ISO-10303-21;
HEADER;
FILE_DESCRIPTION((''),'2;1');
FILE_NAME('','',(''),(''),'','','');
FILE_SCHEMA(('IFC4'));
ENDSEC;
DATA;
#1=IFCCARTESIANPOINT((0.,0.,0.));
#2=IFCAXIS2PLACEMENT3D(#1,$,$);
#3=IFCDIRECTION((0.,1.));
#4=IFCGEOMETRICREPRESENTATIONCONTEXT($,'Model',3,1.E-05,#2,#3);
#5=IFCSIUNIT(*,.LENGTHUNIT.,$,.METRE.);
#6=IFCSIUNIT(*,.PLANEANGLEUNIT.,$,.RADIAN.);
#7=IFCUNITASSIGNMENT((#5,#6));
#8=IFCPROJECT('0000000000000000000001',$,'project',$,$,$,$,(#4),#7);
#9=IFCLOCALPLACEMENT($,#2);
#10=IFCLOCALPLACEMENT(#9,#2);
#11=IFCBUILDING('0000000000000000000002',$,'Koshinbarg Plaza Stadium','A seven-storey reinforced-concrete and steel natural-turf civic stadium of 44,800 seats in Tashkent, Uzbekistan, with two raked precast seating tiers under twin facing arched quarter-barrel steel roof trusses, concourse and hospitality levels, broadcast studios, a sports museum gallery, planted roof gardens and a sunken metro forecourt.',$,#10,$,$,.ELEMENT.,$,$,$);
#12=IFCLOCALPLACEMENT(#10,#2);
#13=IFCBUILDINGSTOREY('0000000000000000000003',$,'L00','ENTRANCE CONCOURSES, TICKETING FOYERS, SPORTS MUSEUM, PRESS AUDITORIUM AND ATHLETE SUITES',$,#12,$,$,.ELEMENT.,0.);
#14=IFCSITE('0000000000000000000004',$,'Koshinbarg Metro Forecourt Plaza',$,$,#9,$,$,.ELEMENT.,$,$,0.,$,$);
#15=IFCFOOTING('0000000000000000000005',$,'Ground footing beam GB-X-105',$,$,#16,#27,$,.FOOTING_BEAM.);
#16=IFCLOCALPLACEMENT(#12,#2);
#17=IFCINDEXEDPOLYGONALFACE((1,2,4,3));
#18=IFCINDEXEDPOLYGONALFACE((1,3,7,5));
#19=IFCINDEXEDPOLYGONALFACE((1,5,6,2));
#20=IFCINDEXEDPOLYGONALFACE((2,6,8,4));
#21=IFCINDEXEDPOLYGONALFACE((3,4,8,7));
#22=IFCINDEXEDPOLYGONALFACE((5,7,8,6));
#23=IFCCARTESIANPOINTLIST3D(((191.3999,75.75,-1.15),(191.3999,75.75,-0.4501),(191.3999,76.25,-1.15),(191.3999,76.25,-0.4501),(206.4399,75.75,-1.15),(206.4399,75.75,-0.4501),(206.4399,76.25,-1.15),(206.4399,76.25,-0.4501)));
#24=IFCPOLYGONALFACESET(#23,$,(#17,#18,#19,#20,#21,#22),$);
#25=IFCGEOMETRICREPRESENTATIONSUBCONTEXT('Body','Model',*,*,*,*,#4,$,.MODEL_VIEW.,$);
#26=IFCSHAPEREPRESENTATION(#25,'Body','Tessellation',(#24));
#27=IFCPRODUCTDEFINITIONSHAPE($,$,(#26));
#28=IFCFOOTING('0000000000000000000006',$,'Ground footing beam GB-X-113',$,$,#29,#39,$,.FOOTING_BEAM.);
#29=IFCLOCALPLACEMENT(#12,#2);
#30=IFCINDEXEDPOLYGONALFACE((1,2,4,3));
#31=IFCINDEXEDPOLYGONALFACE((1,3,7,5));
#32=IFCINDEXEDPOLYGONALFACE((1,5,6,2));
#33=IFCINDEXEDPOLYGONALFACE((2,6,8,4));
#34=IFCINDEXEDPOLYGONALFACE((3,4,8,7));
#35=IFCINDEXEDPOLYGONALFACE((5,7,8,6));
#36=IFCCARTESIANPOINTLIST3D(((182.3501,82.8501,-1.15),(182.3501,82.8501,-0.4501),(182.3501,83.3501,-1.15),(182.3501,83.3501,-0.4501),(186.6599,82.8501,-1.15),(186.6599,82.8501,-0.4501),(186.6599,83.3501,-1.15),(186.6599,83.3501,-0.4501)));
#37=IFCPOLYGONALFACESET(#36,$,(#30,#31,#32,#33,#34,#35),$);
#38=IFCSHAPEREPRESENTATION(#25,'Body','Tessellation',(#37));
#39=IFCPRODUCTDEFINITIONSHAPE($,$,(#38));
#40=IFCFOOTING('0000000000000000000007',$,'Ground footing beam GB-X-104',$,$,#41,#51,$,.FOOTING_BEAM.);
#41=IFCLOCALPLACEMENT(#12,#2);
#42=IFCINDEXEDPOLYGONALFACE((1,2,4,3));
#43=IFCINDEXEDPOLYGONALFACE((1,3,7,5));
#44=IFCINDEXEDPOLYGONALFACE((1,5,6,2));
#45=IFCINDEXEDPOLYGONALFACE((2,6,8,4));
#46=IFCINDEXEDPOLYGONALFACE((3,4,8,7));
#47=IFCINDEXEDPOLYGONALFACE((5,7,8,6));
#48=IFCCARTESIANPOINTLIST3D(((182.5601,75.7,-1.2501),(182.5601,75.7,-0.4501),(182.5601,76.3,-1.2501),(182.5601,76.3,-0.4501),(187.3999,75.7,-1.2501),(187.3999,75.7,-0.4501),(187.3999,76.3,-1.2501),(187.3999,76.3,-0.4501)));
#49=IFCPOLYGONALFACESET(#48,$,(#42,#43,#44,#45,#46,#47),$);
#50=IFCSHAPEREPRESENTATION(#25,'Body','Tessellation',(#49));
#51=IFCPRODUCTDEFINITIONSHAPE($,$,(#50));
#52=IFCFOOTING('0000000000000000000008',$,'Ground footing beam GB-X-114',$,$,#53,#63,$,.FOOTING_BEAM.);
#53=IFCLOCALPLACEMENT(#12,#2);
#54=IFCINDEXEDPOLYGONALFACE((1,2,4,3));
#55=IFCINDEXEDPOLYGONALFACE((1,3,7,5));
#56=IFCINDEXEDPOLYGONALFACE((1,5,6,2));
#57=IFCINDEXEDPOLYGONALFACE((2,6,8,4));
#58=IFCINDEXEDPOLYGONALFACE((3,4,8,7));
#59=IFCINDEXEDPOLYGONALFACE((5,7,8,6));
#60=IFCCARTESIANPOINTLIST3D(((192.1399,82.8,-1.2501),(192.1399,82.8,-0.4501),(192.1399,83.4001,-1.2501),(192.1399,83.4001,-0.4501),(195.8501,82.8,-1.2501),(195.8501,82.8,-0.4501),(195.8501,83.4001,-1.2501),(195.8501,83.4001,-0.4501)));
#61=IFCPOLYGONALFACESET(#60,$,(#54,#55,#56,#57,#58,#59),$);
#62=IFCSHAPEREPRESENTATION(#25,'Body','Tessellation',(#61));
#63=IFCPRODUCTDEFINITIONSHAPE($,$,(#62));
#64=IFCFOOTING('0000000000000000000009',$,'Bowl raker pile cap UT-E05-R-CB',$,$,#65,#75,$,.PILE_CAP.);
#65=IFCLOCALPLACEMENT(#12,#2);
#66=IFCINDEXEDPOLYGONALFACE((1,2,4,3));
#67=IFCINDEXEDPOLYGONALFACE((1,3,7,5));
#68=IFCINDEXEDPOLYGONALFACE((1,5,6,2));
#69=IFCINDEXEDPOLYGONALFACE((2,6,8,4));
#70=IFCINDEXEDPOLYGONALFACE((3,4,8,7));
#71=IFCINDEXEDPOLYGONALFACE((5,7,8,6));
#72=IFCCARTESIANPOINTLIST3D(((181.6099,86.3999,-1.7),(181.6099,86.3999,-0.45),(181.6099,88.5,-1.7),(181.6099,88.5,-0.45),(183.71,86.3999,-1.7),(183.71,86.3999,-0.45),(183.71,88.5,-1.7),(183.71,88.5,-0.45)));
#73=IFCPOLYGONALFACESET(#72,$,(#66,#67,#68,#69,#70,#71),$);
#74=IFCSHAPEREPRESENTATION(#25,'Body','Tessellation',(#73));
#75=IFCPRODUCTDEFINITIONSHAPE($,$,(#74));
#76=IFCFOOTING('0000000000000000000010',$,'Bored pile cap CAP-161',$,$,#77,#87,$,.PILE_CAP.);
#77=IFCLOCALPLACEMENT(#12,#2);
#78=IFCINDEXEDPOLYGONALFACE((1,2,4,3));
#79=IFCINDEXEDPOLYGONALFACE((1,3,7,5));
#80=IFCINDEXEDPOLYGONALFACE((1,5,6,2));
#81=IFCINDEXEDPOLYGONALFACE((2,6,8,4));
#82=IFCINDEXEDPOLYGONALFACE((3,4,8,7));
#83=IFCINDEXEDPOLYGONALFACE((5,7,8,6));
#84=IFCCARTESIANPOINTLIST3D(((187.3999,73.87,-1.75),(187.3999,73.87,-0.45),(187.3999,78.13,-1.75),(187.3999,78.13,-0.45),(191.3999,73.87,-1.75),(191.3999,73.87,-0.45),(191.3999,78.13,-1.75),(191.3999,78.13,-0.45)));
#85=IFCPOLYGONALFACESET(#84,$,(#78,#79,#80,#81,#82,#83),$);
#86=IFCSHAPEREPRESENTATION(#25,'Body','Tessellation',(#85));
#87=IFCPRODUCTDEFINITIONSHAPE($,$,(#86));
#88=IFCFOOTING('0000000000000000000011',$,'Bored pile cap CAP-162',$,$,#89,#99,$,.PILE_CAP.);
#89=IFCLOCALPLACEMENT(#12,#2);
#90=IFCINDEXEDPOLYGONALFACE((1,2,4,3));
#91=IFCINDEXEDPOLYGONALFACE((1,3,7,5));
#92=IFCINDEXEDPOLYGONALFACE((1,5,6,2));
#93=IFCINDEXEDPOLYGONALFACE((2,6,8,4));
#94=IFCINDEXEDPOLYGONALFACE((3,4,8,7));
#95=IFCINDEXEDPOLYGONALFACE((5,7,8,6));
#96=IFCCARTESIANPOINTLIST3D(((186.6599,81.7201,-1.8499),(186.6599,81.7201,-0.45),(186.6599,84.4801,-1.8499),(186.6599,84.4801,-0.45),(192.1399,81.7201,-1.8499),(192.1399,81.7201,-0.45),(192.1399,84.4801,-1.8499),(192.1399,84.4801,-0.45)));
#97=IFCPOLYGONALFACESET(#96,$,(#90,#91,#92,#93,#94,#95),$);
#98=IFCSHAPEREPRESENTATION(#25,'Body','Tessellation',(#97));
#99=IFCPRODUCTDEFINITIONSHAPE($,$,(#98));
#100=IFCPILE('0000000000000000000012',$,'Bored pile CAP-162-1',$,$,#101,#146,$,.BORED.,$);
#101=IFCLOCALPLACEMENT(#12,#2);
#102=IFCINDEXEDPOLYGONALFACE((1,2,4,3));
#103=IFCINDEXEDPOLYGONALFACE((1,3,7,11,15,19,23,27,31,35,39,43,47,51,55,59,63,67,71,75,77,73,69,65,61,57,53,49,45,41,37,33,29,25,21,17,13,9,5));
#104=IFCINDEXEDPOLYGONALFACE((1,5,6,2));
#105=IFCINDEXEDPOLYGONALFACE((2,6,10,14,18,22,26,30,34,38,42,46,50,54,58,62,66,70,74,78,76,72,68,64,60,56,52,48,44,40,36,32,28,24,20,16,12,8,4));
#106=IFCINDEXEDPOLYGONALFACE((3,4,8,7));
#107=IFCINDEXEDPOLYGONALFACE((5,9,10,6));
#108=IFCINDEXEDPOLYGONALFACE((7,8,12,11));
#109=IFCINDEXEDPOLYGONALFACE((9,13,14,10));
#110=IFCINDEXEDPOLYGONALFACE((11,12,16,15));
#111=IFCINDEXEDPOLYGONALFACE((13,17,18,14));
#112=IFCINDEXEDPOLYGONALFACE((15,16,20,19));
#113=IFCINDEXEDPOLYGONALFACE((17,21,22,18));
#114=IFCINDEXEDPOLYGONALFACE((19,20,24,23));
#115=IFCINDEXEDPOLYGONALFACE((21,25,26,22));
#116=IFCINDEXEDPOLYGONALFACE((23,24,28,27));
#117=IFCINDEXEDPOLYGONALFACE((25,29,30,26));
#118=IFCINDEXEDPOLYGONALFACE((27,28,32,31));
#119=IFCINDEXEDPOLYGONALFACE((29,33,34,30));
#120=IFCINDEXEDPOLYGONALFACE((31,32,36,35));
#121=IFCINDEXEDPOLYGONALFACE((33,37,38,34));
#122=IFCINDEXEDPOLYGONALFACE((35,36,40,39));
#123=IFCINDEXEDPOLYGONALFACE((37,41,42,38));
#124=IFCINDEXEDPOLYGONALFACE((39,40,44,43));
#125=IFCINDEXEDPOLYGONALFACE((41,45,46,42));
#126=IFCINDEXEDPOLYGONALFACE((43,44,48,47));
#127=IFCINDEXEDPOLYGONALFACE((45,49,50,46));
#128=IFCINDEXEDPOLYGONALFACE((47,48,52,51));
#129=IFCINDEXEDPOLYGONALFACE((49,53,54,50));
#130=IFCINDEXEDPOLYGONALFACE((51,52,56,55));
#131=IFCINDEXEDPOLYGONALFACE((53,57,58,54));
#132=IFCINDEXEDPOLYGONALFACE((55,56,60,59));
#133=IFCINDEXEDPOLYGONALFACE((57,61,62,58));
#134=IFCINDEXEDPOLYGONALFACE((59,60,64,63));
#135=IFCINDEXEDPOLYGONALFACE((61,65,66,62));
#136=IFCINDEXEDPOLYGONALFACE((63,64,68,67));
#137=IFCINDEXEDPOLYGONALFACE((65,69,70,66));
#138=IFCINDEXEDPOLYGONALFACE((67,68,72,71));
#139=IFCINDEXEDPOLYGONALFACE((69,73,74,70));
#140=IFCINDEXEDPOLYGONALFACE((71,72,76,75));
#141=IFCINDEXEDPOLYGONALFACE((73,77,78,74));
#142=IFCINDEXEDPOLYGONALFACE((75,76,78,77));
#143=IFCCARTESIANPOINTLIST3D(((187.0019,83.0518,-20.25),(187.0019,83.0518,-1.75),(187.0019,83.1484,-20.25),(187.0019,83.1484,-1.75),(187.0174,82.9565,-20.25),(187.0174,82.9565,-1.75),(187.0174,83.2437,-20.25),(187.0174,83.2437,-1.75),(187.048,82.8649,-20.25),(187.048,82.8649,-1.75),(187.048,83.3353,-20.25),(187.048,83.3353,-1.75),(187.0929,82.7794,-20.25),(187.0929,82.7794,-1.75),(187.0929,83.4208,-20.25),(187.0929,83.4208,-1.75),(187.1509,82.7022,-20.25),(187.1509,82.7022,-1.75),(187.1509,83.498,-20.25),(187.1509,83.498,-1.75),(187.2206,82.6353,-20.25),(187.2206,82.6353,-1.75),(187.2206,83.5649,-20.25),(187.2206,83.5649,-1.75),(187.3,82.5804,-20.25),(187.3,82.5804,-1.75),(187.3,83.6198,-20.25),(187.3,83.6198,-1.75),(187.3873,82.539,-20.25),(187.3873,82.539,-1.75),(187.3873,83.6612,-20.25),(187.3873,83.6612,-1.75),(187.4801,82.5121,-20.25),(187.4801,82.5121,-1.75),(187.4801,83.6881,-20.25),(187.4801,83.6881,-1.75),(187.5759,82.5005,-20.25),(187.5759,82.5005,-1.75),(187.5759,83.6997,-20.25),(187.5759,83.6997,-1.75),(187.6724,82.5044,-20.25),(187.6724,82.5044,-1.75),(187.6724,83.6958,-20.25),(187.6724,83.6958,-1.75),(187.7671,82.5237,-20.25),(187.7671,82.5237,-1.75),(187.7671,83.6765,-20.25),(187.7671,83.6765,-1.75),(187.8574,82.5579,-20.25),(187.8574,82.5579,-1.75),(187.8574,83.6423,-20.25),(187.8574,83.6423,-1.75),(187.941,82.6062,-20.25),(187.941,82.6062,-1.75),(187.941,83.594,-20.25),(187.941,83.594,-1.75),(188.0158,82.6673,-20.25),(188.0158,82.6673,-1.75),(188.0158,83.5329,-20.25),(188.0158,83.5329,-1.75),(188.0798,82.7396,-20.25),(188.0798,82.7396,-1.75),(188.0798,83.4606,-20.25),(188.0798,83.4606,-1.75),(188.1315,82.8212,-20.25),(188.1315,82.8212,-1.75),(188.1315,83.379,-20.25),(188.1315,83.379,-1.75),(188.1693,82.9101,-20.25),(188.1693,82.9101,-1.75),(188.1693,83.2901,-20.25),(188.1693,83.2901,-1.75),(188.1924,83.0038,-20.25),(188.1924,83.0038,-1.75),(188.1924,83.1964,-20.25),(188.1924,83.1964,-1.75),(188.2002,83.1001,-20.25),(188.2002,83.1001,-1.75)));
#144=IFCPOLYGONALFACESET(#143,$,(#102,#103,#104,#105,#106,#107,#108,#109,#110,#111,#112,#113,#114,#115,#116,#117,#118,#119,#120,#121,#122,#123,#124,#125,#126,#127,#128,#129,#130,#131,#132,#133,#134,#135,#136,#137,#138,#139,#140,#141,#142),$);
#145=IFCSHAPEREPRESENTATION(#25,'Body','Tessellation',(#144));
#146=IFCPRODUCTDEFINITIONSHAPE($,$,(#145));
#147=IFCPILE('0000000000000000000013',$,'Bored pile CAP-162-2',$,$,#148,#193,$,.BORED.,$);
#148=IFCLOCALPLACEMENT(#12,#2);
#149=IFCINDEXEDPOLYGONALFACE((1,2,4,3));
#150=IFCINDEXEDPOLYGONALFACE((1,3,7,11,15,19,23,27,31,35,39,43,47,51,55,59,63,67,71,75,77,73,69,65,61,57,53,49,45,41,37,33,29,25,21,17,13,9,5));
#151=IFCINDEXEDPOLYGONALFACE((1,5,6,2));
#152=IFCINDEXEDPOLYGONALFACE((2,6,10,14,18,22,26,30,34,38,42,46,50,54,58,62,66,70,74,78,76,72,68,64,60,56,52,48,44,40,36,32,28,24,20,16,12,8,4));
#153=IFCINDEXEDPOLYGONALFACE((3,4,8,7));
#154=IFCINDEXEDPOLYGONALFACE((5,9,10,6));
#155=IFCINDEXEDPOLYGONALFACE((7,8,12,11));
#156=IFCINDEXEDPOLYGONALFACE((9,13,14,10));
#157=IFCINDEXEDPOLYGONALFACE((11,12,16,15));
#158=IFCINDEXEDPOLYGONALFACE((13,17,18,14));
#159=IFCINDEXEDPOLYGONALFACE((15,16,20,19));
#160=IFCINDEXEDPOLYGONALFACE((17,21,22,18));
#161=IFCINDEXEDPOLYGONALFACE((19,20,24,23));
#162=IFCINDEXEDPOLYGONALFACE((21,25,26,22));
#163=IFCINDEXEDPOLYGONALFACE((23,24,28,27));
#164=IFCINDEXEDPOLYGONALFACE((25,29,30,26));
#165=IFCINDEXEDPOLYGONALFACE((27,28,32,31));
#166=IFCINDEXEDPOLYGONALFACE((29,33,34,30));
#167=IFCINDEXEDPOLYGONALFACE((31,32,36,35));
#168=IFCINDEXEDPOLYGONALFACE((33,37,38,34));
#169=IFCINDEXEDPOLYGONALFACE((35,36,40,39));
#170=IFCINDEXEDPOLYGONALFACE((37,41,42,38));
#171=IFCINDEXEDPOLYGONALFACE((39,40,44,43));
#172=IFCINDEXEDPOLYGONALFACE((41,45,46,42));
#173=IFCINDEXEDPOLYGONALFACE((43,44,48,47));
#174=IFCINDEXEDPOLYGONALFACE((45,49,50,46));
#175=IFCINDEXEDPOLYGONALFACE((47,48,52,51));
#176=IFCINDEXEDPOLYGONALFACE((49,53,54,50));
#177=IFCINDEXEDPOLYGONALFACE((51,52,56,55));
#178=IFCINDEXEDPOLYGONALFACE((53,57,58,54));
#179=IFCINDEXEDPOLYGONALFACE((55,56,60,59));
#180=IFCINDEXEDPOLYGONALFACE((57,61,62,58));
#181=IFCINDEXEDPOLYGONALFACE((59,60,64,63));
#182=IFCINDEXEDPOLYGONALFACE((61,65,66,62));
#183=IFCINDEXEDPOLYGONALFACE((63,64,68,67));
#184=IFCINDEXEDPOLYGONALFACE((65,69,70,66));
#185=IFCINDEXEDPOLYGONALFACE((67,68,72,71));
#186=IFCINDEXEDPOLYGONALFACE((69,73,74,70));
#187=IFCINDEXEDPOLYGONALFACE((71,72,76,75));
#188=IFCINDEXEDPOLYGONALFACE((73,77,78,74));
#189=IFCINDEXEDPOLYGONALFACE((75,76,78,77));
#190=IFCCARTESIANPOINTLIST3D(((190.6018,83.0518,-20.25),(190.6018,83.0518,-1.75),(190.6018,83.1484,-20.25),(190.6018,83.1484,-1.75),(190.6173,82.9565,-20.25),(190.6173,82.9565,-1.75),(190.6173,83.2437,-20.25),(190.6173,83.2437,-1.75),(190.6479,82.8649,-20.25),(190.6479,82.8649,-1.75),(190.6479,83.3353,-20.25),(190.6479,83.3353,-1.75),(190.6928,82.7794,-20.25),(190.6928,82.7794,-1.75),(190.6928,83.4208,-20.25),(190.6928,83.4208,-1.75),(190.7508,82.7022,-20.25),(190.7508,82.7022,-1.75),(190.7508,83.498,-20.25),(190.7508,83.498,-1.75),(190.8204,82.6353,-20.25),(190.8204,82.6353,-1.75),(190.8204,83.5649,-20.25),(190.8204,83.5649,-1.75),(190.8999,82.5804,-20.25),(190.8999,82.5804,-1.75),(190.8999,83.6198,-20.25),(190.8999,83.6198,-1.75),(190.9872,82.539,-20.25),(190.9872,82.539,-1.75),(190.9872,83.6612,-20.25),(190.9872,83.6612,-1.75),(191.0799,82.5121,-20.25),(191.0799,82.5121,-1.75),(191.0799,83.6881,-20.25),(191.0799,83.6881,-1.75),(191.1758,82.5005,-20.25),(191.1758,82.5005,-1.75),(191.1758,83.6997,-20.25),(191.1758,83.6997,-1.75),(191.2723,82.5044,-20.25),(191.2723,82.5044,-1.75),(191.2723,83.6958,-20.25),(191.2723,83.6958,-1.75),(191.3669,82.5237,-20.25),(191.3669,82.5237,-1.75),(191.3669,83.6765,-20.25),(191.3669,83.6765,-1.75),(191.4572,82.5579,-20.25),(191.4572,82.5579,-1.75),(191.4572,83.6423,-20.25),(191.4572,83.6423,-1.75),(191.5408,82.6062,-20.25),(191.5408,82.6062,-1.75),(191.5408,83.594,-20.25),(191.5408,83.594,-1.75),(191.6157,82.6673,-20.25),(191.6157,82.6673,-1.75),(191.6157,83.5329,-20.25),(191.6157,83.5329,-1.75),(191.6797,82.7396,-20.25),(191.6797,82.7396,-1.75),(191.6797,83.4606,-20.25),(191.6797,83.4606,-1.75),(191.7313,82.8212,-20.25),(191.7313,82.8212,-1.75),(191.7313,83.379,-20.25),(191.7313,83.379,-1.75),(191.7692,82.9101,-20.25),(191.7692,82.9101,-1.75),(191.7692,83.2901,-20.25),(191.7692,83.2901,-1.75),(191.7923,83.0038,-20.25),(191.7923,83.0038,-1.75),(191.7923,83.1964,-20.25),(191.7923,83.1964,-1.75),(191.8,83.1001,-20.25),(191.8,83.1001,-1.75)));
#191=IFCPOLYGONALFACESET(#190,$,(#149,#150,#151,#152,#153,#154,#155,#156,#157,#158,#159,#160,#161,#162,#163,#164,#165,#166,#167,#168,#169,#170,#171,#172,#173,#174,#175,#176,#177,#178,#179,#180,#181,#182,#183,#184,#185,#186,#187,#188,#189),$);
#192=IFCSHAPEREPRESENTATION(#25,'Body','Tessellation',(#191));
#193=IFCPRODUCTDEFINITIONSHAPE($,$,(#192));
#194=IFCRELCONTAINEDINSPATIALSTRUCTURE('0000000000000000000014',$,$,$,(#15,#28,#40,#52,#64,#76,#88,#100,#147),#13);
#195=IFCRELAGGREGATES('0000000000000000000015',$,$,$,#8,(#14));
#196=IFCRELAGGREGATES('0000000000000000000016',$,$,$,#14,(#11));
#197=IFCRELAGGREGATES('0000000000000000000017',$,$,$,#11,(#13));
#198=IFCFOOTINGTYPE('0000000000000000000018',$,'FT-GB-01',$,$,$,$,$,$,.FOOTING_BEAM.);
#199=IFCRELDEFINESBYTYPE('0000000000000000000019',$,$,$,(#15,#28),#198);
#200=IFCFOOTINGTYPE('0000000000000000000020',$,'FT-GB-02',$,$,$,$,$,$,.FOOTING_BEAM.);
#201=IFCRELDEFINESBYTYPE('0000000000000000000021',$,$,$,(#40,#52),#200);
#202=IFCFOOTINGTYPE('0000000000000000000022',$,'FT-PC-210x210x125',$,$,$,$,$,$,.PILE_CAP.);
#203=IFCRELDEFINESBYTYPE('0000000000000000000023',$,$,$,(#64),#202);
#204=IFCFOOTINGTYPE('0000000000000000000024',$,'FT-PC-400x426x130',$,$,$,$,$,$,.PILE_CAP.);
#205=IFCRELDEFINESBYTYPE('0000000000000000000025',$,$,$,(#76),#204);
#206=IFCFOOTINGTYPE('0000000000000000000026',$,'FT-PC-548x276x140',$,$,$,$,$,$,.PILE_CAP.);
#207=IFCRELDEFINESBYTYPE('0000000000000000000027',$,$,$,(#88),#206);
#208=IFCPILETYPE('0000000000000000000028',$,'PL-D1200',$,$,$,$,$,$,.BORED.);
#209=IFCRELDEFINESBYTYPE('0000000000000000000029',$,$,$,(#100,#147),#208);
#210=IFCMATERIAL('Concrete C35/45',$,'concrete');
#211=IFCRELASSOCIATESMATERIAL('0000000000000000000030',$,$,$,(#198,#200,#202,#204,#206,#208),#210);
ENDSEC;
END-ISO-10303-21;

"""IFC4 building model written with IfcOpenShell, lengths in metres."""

from ifc_helpers import new_model, si_unit, direction, frame, origin, origin_2d, place, context, subcontext, project, spatial, rectangle, circle, extrude, material, material_profile, profile_set, type_object, element, save


model = new_model("IFC4")

# Units and contexts
model_context = context("Model", 3, precision=1e-05, world=origin(), true_north=direction((0.0, 1.0)))
body_context = subcontext(model_context, "Body", "Model", "MODEL_VIEW")
ifc_project = project(units=[si_unit("LENGTHUNIT", "METRE"), si_unit("PLANEANGLEUNIT", "RADIAN")], contexts=[model_context])

# Site, building, storey
site_placement = place(None, origin())
site = spatial("IfcSite", under=ifc_project, at=site_placement, Name="Koshinbarg Metro Forecourt Plaza", CompositionType="ELEMENT", RefElevation=0.0)
building_placement = place(site_placement, origin())
building = spatial("IfcBuilding", under=site, at=building_placement, Name="Koshinbarg Plaza Stadium", Description="A seven-storey reinforced-concrete and steel natural-turf civic stadium of 44,800 seats in Tashkent, Uzbekistan, with two raked precast seating tiers under twin facing arched quarter-barrel steel roof trusses, concourse and hospitality levels, broadcast studios, a sports museum gallery, planted roof gardens and a sunken metro forecourt.", CompositionType="ELEMENT")
storey_placement = place(building_placement, origin())
storey = spatial("IfcBuildingStorey", under=building, at=storey_placement, Name="L00", Description="ENTRANCE CONCOURSES, TICKETING FOYERS, SPORTS MUSEUM, PRESS AUDITORIUM AND ATHLETE SUITES", CompositionType="ELEMENT", Elevation=0.0)

# Footings
ifc_material_1 = material(Name="Concrete C35/45", Category="concrete")
ifc_material_profile_1 = material_profile(ifc_material_1, rectangle(XDim=0.5, YDim=0.7, at=origin_2d()), Name="GB 500x700")
ifc_profile_set_1 = profile_set([ifc_material_profile_1], Name="Concrete C35/45")
footing_type_1 = type_object("IfcFootingType", Name="FT-GB-01", PredefinedType="FOOTING_BEAM", material=ifc_profile_set_1)
footing_1_placement = place(storey_placement, frame((191.3999, 76.0, -0.8), z_axis=(1.0, 0.0, 0.0), x_axis=(0.0, 1.0, 0.0)))
element("IfcFooting", 1, at=footing_1_placement, inside=storey, type_object=footing_type_1, Name="Ground footing beam GB-X-105", PredefinedType="FOOTING_BEAM", context=body_context, shape_type="SweptSolid", body=[
    extrude(rectangle(XDim=0.5, YDim=0.7, at=origin_2d()), origin(), (0.0, 0.0, 1.0), 15.04),
])
footing_2_placement = place(storey_placement, frame((182.3501, 83.1001, -0.8), z_axis=(1.0, 0.0, 0.0), x_axis=(0.0, 1.0, 0.0)))
element("IfcFooting", 2, at=footing_2_placement, inside=storey, type_object=footing_type_1, Name="Ground footing beam GB-X-113", PredefinedType="FOOTING_BEAM", context=body_context, shape_type="SweptSolid", body=[
    extrude(rectangle(XDim=0.5, YDim=0.7, at=origin_2d()), origin(), (0.0, 0.0, 1.0), 4.3098),
])
ifc_material_profile_2 = material_profile(ifc_material_1, rectangle(XDim=0.6001, YDim=0.8, at=origin_2d()), Name="GB 600x800")
ifc_profile_set_2 = profile_set([ifc_material_profile_2], Name="Concrete C35/45")
footing_type_2 = type_object("IfcFootingType", Name="FT-GB-02", PredefinedType="FOOTING_BEAM", material=ifc_profile_set_2)
footing_3_placement = place(storey_placement, frame((182.5601, 76.0, -0.8501), z_axis=(1.0, 0.0, 0.0), x_axis=(0.0, 1.0, 0.0)))
element("IfcFooting", 3, at=footing_3_placement, inside=storey, type_object=footing_type_2, Name="Ground footing beam GB-X-104", PredefinedType="FOOTING_BEAM", context=body_context, shape_type="SweptSolid", body=[
    extrude(rectangle(XDim=0.6001, YDim=0.8, at=origin_2d()), origin(), (0.0, 0.0, 1.0), 4.8398),
])
footing_4_placement = place(storey_placement, frame((192.1399, 83.1001, -0.8501), z_axis=(1.0, 0.0, 0.0), x_axis=(0.0, 1.0, 0.0)))
element("IfcFooting", 4, at=footing_4_placement, inside=storey, type_object=footing_type_2, Name="Ground footing beam GB-X-114", PredefinedType="FOOTING_BEAM", context=body_context, shape_type="SweptSolid", body=[
    extrude(rectangle(XDim=0.6001, YDim=0.8, at=origin_2d()), origin(), (0.0, 0.0, 1.0), 3.7102),
])
footing_type_3 = type_object("IfcFootingType", Name="FT-PC-210x210x125", PredefinedType="PILE_CAP", material=ifc_material_1)
footing_5_placement = place(storey_placement, frame((182.6599, 87.45, -1.7), z_axis=(0.0, 0.0, 1.0), x_axis=(1.0, 0.0, 0.0)))
element("IfcFooting", 5, at=footing_5_placement, inside=storey, type_object=footing_type_3, Name="Bowl raker pile cap UT-E05-R-CB", PredefinedType="PILE_CAP", context=body_context, shape_type="SweptSolid", body=[
    extrude(rectangle(XDim=2.1001, YDim=2.1001, at=origin_2d()), origin(), (0.0, 0.0, 1.0), 1.25),
])
footing_type_4 = type_object("IfcFootingType", Name="FT-PC-400x426x130", PredefinedType="PILE_CAP", material=ifc_material_1)
footing_6_placement = place(storey_placement, frame((189.3999, 76.0, -1.75), z_axis=(0.0, 0.0, 1.0), x_axis=(1.0, 0.0, 0.0)))
element("IfcFooting", 6, at=footing_6_placement, inside=storey, type_object=footing_type_4, Name="Bored pile cap CAP-161", PredefinedType="PILE_CAP", context=body_context, shape_type="SweptSolid", body=[
    extrude(rectangle(XDim=4.0, YDim=4.26, at=origin_2d()), origin(), (0.0, 0.0, 1.0), 1.3),
])
footing_type_5 = type_object("IfcFootingType", Name="FT-PC-548x276x140", PredefinedType="PILE_CAP", material=ifc_material_1)
footing_7_placement = place(storey_placement, frame((189.3999, 83.1001, -1.8499), z_axis=(0.0, 0.0, 1.0), x_axis=(1.0, 0.0, 0.0)))
element("IfcFooting", 7, at=footing_7_placement, inside=storey, type_object=footing_type_5, Name="Bored pile cap CAP-162", PredefinedType="PILE_CAP", context=body_context, shape_type="SweptSolid", body=[
    extrude(rectangle(XDim=5.48, YDim=2.76, at=origin_2d()), origin(), (0.0, 0.0, 1.0), 1.3999),
])

# Piles
ifc_material_profile_3 = material_profile(ifc_material_1, circle(Radius=0.6001, at=origin_2d()), Name="PILE D1200")
ifc_profile_set_3 = profile_set([ifc_material_profile_3], Name="Concrete C35/45")
pile_type_1 = type_object("IfcPileType", Name="PL-D1200", PredefinedType="BORED", material=ifc_profile_set_3)
for number, where, z_axis, x_axis, name in (
    (8, (187.6001, 83.1001, -1.75), (0.0, 0.0, -1.0), (1.0, 0.0, 0.0), "Bored pile CAP-162-1"),
    (9, (191.2, 83.1001, -1.75), (0.0, 0.0, -1.0), (1.0, 0.0, 0.0), "Bored pile CAP-162-2"),
):
    element("IfcPile", number, at=place(storey_placement, frame(where, z_axis=z_axis, x_axis=x_axis)), inside=storey, type_object=pile_type_1, Name=name, PredefinedType="BORED", context=body_context, shape_type="SweptSolid", body=[
        extrude(circle(Radius=0.6001, at=origin_2d()), origin(), (0.0, 0.0, 1.0), 18.5),
    ])

save(model, "model.ifc")
